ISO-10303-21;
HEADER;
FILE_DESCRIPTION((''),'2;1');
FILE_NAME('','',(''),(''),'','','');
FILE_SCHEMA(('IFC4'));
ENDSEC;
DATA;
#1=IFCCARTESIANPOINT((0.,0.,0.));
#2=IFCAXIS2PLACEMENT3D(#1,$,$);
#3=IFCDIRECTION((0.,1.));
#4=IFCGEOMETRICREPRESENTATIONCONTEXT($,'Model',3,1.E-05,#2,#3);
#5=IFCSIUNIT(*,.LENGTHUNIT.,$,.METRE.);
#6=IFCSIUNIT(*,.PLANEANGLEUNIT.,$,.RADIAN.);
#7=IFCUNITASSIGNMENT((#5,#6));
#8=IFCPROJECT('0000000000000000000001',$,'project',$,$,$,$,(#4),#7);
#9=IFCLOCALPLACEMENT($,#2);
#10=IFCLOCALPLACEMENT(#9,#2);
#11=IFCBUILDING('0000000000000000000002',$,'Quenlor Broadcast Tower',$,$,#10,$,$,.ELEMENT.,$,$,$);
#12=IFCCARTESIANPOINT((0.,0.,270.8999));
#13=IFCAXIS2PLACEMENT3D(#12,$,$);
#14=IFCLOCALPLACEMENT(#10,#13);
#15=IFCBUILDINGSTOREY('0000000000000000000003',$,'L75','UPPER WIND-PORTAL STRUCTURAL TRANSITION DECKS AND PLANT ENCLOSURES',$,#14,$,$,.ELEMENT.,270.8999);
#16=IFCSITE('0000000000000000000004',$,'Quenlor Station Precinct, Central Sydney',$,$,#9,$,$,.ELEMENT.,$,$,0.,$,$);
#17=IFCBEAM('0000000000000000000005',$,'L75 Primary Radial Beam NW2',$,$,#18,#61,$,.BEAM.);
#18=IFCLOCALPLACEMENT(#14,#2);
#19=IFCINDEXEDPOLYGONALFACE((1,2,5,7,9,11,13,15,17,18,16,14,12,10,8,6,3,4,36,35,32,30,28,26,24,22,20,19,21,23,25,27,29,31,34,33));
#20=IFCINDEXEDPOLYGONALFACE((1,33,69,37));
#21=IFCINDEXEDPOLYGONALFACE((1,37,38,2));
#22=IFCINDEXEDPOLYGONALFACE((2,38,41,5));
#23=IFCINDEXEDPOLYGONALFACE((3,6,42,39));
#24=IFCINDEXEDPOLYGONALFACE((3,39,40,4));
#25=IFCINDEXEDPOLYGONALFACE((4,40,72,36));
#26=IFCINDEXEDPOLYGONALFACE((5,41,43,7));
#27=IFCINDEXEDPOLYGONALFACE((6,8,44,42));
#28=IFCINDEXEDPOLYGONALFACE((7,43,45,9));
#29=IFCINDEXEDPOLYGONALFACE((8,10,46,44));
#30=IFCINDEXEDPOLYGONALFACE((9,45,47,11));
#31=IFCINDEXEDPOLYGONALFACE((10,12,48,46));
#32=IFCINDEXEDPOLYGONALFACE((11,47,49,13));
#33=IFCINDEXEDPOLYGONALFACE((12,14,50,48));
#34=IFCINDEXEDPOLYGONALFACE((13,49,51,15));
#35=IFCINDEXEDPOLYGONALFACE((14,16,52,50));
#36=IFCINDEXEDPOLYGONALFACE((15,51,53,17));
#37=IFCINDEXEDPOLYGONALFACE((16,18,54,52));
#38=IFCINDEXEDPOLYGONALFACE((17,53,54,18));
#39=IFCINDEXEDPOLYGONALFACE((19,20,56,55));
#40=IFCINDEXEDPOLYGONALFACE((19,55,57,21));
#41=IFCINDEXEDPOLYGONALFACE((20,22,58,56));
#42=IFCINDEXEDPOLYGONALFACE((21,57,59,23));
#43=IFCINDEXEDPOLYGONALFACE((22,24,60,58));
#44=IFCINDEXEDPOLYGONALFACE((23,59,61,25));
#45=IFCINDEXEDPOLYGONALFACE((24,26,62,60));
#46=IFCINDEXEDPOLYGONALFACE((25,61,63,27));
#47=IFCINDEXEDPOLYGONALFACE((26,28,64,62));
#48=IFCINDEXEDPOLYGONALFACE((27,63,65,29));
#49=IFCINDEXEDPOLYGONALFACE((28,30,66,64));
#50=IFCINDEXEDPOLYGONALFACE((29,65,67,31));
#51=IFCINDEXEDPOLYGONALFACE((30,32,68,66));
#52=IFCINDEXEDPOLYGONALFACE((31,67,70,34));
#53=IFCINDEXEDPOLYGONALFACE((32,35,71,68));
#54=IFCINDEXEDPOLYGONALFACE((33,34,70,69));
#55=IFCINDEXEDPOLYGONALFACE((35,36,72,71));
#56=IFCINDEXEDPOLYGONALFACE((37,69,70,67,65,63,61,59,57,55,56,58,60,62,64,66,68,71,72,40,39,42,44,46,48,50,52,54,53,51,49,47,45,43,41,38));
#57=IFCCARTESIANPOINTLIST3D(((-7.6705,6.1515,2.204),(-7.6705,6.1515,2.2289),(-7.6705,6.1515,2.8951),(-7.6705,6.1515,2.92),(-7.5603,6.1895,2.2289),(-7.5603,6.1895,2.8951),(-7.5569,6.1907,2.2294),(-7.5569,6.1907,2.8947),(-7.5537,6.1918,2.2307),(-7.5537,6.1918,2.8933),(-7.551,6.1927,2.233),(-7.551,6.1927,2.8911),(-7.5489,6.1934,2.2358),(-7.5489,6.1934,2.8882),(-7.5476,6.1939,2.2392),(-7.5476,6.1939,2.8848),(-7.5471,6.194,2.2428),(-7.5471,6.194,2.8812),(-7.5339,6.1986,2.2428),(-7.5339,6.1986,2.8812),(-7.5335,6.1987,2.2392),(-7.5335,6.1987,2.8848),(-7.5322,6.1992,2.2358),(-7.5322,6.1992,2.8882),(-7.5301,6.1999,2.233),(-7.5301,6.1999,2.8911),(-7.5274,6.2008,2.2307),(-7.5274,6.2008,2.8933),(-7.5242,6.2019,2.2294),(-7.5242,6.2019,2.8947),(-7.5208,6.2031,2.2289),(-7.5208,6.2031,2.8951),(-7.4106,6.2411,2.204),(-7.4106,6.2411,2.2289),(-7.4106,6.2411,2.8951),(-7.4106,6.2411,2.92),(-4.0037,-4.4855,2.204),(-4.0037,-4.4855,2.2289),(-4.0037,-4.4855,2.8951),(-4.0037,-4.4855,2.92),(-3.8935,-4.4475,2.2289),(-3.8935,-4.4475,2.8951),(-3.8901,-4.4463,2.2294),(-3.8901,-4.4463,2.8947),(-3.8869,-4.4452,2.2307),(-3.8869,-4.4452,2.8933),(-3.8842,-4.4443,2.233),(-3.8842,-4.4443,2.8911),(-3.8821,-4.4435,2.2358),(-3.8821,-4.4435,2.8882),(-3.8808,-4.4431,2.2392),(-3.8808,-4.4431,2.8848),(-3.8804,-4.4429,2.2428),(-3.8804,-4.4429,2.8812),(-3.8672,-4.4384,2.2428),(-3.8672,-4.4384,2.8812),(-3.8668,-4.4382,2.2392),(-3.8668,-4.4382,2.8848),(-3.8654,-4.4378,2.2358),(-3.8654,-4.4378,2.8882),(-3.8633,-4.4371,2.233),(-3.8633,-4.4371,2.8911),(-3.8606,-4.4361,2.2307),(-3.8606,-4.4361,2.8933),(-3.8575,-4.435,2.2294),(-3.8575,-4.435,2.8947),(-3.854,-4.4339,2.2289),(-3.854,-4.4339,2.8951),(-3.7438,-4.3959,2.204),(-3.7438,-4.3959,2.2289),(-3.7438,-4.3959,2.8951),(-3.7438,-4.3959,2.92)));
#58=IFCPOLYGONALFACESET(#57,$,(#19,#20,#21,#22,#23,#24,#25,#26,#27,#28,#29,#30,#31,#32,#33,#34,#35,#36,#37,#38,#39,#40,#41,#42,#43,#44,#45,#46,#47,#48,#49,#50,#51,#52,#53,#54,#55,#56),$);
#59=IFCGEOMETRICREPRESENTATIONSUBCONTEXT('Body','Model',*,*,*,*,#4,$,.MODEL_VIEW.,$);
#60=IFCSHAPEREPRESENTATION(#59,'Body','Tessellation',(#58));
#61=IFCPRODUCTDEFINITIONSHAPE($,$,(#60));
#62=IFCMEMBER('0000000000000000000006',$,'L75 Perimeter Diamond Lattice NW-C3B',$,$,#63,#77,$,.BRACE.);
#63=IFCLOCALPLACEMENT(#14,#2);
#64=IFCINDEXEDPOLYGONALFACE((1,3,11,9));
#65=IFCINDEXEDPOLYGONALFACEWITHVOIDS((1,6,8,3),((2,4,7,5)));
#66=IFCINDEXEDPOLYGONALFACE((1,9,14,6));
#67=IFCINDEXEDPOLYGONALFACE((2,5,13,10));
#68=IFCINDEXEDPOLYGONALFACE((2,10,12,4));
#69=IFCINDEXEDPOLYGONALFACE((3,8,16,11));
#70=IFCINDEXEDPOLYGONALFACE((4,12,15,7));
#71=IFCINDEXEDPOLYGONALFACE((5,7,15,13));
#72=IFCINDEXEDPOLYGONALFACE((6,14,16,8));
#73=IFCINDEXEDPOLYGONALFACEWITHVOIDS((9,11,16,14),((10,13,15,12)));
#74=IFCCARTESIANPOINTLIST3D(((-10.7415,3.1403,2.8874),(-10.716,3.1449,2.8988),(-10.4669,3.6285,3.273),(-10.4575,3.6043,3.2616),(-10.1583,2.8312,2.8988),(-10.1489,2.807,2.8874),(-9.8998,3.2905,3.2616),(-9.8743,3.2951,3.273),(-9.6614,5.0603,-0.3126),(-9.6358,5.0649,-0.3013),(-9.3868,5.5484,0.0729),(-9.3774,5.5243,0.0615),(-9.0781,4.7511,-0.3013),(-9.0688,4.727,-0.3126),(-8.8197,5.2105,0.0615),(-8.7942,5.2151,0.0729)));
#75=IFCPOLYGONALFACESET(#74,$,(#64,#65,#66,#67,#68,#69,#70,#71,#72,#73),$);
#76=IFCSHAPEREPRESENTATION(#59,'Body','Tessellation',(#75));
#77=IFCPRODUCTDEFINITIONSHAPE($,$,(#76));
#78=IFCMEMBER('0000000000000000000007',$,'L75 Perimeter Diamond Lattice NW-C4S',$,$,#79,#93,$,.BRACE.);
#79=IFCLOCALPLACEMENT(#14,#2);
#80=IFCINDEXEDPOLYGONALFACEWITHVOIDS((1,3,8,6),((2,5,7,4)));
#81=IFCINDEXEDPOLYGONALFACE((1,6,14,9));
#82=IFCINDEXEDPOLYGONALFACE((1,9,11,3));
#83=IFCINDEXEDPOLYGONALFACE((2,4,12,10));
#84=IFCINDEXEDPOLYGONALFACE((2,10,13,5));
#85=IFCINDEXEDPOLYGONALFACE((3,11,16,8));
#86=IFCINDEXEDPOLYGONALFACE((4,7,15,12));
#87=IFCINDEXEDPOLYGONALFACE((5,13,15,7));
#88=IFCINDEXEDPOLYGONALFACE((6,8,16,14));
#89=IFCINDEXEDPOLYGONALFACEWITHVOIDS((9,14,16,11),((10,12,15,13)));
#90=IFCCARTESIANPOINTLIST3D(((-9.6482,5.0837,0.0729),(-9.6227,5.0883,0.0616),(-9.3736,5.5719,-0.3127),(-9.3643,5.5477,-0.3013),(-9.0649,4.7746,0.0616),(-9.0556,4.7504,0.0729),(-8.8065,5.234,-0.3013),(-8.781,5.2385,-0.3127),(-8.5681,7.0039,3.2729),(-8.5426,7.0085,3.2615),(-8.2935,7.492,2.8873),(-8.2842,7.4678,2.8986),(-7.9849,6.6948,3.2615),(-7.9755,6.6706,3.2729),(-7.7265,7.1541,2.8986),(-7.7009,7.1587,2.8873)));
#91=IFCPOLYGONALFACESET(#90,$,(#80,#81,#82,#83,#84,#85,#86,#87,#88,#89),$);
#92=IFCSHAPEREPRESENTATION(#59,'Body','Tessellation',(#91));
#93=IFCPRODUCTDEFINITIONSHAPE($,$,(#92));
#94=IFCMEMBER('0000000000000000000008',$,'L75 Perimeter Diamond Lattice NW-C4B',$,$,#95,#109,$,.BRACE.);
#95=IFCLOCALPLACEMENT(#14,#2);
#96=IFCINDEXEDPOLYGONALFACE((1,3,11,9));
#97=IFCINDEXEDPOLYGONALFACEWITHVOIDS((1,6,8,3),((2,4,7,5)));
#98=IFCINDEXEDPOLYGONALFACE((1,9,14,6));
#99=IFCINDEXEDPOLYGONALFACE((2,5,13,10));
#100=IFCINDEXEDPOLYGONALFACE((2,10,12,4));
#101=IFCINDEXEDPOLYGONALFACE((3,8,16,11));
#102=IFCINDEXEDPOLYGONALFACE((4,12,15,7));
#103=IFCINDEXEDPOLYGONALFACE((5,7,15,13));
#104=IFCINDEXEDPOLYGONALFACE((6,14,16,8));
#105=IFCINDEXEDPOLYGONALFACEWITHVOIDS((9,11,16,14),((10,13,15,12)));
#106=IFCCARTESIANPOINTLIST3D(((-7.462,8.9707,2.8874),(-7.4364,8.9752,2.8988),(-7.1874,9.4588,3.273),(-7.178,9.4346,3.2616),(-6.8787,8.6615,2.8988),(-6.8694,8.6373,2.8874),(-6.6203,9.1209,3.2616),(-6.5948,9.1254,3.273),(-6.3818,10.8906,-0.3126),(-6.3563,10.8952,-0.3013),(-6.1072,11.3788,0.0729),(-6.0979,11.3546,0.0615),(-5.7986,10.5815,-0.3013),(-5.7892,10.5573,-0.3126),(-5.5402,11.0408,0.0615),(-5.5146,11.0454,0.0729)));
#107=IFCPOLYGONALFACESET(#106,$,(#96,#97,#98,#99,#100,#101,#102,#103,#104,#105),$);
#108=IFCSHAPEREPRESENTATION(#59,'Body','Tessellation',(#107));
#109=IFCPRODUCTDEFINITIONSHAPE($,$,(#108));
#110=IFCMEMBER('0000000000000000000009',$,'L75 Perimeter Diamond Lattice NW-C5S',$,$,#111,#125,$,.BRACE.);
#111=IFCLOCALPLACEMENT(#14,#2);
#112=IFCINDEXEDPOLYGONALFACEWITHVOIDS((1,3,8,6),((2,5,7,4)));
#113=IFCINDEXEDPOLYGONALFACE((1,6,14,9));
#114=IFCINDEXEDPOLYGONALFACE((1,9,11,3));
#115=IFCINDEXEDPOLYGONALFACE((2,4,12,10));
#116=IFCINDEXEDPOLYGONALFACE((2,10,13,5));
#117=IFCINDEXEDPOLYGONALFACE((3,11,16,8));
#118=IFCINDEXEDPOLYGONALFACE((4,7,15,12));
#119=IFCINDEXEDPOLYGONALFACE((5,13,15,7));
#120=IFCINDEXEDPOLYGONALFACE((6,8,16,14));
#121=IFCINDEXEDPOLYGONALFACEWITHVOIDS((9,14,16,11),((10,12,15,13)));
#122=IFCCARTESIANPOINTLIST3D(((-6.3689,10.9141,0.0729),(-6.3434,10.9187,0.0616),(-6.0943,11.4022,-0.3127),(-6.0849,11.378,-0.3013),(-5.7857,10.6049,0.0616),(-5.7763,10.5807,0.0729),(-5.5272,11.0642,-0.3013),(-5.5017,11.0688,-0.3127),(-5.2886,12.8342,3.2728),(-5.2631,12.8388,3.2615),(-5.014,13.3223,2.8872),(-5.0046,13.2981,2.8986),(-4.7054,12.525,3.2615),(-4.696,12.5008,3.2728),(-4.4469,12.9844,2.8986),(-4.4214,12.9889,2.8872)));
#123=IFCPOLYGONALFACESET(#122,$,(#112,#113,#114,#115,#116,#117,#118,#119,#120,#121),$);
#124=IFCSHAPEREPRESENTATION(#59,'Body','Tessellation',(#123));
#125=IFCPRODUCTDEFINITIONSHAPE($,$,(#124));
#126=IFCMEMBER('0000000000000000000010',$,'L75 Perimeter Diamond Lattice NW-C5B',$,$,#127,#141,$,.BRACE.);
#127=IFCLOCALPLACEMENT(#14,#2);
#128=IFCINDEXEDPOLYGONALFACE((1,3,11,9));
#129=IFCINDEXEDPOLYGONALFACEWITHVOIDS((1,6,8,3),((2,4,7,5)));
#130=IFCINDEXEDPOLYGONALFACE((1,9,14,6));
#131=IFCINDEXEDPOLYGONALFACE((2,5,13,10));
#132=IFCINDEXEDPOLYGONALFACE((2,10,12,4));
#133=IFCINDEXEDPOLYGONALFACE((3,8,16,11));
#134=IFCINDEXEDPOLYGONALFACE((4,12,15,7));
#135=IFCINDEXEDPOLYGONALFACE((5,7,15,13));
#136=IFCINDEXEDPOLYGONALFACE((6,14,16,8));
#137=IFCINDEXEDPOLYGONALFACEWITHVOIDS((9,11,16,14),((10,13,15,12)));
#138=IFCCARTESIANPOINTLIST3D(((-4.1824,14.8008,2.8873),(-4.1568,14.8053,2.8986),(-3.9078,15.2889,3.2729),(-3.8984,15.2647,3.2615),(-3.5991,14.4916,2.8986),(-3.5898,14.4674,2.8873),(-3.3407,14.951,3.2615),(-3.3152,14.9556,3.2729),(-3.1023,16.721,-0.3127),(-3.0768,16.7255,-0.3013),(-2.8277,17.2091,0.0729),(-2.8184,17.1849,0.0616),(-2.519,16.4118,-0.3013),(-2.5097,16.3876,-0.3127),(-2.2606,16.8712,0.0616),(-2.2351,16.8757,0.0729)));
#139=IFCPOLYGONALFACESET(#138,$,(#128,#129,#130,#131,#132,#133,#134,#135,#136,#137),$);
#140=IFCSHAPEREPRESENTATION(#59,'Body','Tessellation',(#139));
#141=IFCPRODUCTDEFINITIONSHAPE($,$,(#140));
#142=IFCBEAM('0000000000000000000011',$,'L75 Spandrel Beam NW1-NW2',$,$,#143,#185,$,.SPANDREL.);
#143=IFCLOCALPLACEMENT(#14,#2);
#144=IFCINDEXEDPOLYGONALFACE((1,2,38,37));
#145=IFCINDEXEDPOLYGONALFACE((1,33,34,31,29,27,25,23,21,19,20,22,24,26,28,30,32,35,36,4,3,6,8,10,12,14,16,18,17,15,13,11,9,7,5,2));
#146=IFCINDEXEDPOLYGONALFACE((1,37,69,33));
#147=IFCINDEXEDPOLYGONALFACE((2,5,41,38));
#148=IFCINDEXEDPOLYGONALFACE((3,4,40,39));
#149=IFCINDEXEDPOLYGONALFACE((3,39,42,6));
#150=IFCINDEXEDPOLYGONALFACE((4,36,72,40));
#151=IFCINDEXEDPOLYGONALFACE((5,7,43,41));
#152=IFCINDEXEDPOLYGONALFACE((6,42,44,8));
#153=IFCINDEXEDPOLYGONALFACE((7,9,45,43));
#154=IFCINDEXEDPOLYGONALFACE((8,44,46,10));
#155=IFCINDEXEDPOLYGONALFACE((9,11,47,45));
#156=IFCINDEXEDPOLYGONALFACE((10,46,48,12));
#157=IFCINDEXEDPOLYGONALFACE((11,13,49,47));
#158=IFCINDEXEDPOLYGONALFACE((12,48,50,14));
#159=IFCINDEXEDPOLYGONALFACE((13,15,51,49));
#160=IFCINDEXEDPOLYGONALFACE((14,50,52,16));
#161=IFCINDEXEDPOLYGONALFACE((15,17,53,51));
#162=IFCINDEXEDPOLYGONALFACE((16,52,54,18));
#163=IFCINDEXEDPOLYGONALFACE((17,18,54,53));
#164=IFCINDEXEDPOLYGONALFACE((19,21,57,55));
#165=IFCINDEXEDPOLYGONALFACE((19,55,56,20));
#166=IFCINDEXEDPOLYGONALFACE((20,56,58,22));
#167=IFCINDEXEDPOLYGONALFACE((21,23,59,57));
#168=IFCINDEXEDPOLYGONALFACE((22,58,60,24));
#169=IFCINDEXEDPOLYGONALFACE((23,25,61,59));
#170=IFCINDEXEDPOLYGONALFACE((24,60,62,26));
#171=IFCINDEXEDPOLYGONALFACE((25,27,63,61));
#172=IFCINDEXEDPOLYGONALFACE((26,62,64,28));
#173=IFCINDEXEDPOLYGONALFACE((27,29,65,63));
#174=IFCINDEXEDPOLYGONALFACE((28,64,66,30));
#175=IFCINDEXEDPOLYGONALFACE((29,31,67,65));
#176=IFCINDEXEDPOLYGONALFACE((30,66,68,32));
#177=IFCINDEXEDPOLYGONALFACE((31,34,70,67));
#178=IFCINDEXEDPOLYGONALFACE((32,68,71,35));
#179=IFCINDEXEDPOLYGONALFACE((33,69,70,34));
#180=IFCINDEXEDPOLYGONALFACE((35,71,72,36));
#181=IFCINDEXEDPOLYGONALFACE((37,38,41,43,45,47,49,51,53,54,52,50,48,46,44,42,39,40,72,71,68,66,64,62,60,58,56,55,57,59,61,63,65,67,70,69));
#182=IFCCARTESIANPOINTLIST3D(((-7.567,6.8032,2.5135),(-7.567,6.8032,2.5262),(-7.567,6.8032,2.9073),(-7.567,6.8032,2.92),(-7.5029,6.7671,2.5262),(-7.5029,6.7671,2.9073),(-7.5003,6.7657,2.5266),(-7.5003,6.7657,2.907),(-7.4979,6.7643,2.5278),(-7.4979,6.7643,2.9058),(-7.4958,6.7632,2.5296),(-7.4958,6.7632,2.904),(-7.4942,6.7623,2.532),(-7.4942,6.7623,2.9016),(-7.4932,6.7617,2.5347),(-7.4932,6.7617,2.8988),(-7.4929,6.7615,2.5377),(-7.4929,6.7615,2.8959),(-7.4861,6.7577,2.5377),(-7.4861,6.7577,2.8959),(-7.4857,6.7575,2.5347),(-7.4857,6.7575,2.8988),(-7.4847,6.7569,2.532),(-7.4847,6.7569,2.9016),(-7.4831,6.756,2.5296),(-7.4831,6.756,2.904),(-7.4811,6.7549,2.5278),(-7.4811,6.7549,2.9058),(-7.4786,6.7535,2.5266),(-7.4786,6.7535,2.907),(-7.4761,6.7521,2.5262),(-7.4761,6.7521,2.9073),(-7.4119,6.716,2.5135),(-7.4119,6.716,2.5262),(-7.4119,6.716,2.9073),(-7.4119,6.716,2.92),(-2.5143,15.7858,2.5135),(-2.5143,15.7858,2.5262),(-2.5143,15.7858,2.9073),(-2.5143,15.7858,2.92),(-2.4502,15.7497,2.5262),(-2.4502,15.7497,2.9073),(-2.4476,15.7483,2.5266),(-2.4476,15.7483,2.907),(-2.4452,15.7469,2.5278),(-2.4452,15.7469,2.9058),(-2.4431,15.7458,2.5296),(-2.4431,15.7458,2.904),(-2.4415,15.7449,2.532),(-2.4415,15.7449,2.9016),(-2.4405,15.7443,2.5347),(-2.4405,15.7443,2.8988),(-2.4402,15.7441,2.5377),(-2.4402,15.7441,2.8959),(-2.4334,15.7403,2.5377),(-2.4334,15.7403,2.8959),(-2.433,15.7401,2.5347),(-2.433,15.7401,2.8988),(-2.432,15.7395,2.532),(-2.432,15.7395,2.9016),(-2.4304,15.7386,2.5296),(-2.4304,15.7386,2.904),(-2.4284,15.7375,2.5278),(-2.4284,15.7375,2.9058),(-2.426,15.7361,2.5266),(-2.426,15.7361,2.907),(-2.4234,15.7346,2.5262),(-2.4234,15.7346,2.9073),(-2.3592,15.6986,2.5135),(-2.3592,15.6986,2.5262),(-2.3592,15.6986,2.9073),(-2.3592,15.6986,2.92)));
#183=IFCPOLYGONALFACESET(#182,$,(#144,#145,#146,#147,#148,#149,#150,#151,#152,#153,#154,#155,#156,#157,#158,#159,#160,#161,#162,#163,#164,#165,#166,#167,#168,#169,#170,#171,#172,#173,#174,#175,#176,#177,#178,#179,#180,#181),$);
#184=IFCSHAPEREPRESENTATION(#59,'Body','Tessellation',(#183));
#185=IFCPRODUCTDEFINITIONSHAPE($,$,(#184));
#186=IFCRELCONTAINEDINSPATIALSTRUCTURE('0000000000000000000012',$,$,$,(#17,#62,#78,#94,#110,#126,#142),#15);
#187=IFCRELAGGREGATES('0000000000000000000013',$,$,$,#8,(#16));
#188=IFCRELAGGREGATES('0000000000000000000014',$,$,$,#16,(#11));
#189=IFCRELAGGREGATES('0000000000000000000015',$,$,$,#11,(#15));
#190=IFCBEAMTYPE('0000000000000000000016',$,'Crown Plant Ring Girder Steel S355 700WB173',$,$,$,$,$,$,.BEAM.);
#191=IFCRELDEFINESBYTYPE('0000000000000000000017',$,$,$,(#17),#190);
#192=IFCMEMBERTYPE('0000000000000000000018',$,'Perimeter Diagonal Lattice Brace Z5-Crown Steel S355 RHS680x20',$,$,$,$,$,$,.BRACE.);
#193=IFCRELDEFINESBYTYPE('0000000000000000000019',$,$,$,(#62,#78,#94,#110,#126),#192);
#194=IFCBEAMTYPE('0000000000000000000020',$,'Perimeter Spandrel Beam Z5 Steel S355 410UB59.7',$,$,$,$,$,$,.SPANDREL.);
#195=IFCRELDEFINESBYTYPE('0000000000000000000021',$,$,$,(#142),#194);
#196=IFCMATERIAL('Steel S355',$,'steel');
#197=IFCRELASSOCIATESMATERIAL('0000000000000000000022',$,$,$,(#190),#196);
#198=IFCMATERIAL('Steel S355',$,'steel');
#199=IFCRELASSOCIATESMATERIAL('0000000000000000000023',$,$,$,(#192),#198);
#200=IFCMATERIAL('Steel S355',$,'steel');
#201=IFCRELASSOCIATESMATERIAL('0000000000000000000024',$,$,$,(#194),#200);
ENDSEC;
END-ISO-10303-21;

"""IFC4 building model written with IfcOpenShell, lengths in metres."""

from ifc_helpers import new_model, si_unit, direction, frame, origin, origin_2d, place, context, subcontext, project, spatial, hollow_rectangle, i_section, extrude, material, material_profile, profile_set, type_object, element, save


model = new_model("IFC4")

# Units and contexts
model_context = context("Model", 3, precision=1e-05, world=origin(), true_north=direction((0.0, 1.0)))
body_context = subcontext(model_context, "Body", "Model", "MODEL_VIEW")
ifc_project = project(units=[si_unit("LENGTHUNIT", "METRE"), si_unit("PLANEANGLEUNIT", "RADIAN")], contexts=[model_context])

# Site, building, storey
site_placement = place(None, origin())
site = spatial("IfcSite", under=ifc_project, at=site_placement, Name="Quenlor Station Precinct, Central Sydney", CompositionType="ELEMENT", RefElevation=0.0)
building_placement = place(site_placement, origin())
building = spatial("IfcBuilding", under=site, at=building_placement, Name="Quenlor Broadcast Tower", CompositionType="ELEMENT")
storey_placement = place(building_placement, frame((0.0, 0.0, 270.8999)))
storey = spatial("IfcBuildingStorey", under=building, at=storey_placement, Name="L75", Description="UPPER WIND-PORTAL STRUCTURAL TRANSITION DECKS AND PLANT ENCLOSURES", CompositionType="ELEMENT", Elevation=270.8999)

# Beam
ifc_material_1 = material(Name="Steel S355", Category="steel")
ifc_material_profile_1 = material_profile(ifc_material_1, i_section(OverallWidth=0.2749, OverallDepth=0.7161, WebThickness=0.0139, FlangeThickness=0.0249, FilletRadius=0.0139, at=origin_2d()))
ifc_profile_set_1 = profile_set([ifc_material_profile_1], Name="Steel S355 700WB173")
beam_type_1 = type_object("IfcBeamType", Name="Crown Plant Ring Girder Steel S355 700WB173", PredefinedType="BEAM", material=ifc_profile_set_1)
beam_1_placement = place(storey_placement, frame((-7.5405, 6.1963, 2.562), z_axis=(0.325898, -0.945405, 0.0), x_axis=(0.945405, 0.325898, 0.0)))
element("IfcBeam", 1, at=beam_1_placement, inside=storey, type_object=beam_type_1, Name="L75 Primary Radial Beam NW2", PredefinedType="BEAM", context=body_context, shape_type="SweptSolid", body=[
    extrude(i_section(OverallWidth=0.2749, OverallDepth=0.7161, WebThickness=0.0139, FlangeThickness=0.0249, FilletRadius=0.0139, at=origin_2d()), origin(), (0.0, 0.0, 1.0), 11.2512),
])

# Members
ifc_material_2 = material(Name="Steel S355", Category="steel")
ifc_material_profile_2 = material_profile(ifc_material_2, hollow_rectangle(XDim=0.6799, YDim=0.6799, WallThickness=0.02, at=origin_2d()))
ifc_profile_set_2 = profile_set([ifc_material_profile_2], Name="Steel S355 RHS680x680x20")
member_type_1 = type_object("IfcMemberType", Name="Perimeter Diagonal Lattice Brace Z5-Crown Steel S355 RHS680x20", PredefinedType="BRACE", material=ifc_profile_set_2)
for number, where, z_axis, x_axis, name in (
    (2, (-9.2278, 5.1377, -0.1199), (-0.27802, -0.494203, 0.823692), (0.871552, -0.490303, 0.0), "L75 Perimeter Diamond Lattice NW-C3B"),
    (3, (-9.2146, 5.1611, -0.1199), (0.278012, 0.49425, 0.823666), (-0.871578, 0.490256, 0.0), "L75 Perimeter Diamond Lattice NW-C4S"),
    (4, (-5.9482, 10.968, -0.1199), (-0.27802, -0.494203, 0.823692), (0.871552, -0.490303, 0.0), "L75 Perimeter Diamond Lattice NW-C4B"),
    (5, (-5.9353, 10.9915, -0.1199), (0.27807, 0.494241, 0.823652), (-0.871531, 0.49034, 0.0), "L75 Perimeter Diamond Lattice NW-C5S"),
    (6, (-2.6687, 16.7983, -0.1199), (-0.278012, -0.49425, 0.823666), (0.871578, -0.490256, 0.0), "L75 Perimeter Diamond Lattice NW-C5B"),
):
    element("IfcMember", number, at=place(storey_placement, frame(where, z_axis=z_axis, x_axis=x_axis)), inside=storey, type_object=member_type_1, Name=name, PredefinedType="BRACE", context=body_context, shape_type="SweptSolid", body=[
        extrude(hollow_rectangle(XDim=0.6799, YDim=0.6799, WallThickness=0.02, at=origin_2d()), origin(), (0.0, 0.0, 1.0), 3.885),
    ])

# Beam
ifc_material_3 = material(Name="Steel S355", Category="steel")
ifc_material_profile_3 = material_profile(ifc_material_3, i_section(OverallWidth=0.178, OverallDepth=0.4065, WebThickness=0.0078, FlangeThickness=0.0127, FilletRadius=0.0115, at=origin_2d()))
ifc_profile_set_3 = profile_set([ifc_material_profile_3], Name="Steel S355 410UB59.7")
beam_type_2 = type_object("IfcBeamType", Name="Perimeter Spandrel Beam Z5 Steel S355 410UB59.7", PredefinedType="SPANDREL", material=ifc_profile_set_3)
beam_2_placement = place(storey_placement, frame((-2.4368, 15.7422, 2.7168), z_axis=(-0.49026, -0.871576, 0.0), x_axis=(0.871576, -0.49026, 0.0)))
element("IfcBeam", 7, at=beam_2_placement, inside=storey, type_object=beam_type_2, Name="L75 Spandrel Beam NW1-NW2", PredefinedType="SPANDREL", context=body_context, shape_type="SweptSolid", body=[
    extrude(i_section(OverallWidth=0.178, OverallDepth=0.4065, WebThickness=0.0078, FlangeThickness=0.0127, FilletRadius=0.0115, at=origin_2d()), origin(), (0.0, 0.0, 1.0), 10.3062),
])

save(model, "model.ifc")
